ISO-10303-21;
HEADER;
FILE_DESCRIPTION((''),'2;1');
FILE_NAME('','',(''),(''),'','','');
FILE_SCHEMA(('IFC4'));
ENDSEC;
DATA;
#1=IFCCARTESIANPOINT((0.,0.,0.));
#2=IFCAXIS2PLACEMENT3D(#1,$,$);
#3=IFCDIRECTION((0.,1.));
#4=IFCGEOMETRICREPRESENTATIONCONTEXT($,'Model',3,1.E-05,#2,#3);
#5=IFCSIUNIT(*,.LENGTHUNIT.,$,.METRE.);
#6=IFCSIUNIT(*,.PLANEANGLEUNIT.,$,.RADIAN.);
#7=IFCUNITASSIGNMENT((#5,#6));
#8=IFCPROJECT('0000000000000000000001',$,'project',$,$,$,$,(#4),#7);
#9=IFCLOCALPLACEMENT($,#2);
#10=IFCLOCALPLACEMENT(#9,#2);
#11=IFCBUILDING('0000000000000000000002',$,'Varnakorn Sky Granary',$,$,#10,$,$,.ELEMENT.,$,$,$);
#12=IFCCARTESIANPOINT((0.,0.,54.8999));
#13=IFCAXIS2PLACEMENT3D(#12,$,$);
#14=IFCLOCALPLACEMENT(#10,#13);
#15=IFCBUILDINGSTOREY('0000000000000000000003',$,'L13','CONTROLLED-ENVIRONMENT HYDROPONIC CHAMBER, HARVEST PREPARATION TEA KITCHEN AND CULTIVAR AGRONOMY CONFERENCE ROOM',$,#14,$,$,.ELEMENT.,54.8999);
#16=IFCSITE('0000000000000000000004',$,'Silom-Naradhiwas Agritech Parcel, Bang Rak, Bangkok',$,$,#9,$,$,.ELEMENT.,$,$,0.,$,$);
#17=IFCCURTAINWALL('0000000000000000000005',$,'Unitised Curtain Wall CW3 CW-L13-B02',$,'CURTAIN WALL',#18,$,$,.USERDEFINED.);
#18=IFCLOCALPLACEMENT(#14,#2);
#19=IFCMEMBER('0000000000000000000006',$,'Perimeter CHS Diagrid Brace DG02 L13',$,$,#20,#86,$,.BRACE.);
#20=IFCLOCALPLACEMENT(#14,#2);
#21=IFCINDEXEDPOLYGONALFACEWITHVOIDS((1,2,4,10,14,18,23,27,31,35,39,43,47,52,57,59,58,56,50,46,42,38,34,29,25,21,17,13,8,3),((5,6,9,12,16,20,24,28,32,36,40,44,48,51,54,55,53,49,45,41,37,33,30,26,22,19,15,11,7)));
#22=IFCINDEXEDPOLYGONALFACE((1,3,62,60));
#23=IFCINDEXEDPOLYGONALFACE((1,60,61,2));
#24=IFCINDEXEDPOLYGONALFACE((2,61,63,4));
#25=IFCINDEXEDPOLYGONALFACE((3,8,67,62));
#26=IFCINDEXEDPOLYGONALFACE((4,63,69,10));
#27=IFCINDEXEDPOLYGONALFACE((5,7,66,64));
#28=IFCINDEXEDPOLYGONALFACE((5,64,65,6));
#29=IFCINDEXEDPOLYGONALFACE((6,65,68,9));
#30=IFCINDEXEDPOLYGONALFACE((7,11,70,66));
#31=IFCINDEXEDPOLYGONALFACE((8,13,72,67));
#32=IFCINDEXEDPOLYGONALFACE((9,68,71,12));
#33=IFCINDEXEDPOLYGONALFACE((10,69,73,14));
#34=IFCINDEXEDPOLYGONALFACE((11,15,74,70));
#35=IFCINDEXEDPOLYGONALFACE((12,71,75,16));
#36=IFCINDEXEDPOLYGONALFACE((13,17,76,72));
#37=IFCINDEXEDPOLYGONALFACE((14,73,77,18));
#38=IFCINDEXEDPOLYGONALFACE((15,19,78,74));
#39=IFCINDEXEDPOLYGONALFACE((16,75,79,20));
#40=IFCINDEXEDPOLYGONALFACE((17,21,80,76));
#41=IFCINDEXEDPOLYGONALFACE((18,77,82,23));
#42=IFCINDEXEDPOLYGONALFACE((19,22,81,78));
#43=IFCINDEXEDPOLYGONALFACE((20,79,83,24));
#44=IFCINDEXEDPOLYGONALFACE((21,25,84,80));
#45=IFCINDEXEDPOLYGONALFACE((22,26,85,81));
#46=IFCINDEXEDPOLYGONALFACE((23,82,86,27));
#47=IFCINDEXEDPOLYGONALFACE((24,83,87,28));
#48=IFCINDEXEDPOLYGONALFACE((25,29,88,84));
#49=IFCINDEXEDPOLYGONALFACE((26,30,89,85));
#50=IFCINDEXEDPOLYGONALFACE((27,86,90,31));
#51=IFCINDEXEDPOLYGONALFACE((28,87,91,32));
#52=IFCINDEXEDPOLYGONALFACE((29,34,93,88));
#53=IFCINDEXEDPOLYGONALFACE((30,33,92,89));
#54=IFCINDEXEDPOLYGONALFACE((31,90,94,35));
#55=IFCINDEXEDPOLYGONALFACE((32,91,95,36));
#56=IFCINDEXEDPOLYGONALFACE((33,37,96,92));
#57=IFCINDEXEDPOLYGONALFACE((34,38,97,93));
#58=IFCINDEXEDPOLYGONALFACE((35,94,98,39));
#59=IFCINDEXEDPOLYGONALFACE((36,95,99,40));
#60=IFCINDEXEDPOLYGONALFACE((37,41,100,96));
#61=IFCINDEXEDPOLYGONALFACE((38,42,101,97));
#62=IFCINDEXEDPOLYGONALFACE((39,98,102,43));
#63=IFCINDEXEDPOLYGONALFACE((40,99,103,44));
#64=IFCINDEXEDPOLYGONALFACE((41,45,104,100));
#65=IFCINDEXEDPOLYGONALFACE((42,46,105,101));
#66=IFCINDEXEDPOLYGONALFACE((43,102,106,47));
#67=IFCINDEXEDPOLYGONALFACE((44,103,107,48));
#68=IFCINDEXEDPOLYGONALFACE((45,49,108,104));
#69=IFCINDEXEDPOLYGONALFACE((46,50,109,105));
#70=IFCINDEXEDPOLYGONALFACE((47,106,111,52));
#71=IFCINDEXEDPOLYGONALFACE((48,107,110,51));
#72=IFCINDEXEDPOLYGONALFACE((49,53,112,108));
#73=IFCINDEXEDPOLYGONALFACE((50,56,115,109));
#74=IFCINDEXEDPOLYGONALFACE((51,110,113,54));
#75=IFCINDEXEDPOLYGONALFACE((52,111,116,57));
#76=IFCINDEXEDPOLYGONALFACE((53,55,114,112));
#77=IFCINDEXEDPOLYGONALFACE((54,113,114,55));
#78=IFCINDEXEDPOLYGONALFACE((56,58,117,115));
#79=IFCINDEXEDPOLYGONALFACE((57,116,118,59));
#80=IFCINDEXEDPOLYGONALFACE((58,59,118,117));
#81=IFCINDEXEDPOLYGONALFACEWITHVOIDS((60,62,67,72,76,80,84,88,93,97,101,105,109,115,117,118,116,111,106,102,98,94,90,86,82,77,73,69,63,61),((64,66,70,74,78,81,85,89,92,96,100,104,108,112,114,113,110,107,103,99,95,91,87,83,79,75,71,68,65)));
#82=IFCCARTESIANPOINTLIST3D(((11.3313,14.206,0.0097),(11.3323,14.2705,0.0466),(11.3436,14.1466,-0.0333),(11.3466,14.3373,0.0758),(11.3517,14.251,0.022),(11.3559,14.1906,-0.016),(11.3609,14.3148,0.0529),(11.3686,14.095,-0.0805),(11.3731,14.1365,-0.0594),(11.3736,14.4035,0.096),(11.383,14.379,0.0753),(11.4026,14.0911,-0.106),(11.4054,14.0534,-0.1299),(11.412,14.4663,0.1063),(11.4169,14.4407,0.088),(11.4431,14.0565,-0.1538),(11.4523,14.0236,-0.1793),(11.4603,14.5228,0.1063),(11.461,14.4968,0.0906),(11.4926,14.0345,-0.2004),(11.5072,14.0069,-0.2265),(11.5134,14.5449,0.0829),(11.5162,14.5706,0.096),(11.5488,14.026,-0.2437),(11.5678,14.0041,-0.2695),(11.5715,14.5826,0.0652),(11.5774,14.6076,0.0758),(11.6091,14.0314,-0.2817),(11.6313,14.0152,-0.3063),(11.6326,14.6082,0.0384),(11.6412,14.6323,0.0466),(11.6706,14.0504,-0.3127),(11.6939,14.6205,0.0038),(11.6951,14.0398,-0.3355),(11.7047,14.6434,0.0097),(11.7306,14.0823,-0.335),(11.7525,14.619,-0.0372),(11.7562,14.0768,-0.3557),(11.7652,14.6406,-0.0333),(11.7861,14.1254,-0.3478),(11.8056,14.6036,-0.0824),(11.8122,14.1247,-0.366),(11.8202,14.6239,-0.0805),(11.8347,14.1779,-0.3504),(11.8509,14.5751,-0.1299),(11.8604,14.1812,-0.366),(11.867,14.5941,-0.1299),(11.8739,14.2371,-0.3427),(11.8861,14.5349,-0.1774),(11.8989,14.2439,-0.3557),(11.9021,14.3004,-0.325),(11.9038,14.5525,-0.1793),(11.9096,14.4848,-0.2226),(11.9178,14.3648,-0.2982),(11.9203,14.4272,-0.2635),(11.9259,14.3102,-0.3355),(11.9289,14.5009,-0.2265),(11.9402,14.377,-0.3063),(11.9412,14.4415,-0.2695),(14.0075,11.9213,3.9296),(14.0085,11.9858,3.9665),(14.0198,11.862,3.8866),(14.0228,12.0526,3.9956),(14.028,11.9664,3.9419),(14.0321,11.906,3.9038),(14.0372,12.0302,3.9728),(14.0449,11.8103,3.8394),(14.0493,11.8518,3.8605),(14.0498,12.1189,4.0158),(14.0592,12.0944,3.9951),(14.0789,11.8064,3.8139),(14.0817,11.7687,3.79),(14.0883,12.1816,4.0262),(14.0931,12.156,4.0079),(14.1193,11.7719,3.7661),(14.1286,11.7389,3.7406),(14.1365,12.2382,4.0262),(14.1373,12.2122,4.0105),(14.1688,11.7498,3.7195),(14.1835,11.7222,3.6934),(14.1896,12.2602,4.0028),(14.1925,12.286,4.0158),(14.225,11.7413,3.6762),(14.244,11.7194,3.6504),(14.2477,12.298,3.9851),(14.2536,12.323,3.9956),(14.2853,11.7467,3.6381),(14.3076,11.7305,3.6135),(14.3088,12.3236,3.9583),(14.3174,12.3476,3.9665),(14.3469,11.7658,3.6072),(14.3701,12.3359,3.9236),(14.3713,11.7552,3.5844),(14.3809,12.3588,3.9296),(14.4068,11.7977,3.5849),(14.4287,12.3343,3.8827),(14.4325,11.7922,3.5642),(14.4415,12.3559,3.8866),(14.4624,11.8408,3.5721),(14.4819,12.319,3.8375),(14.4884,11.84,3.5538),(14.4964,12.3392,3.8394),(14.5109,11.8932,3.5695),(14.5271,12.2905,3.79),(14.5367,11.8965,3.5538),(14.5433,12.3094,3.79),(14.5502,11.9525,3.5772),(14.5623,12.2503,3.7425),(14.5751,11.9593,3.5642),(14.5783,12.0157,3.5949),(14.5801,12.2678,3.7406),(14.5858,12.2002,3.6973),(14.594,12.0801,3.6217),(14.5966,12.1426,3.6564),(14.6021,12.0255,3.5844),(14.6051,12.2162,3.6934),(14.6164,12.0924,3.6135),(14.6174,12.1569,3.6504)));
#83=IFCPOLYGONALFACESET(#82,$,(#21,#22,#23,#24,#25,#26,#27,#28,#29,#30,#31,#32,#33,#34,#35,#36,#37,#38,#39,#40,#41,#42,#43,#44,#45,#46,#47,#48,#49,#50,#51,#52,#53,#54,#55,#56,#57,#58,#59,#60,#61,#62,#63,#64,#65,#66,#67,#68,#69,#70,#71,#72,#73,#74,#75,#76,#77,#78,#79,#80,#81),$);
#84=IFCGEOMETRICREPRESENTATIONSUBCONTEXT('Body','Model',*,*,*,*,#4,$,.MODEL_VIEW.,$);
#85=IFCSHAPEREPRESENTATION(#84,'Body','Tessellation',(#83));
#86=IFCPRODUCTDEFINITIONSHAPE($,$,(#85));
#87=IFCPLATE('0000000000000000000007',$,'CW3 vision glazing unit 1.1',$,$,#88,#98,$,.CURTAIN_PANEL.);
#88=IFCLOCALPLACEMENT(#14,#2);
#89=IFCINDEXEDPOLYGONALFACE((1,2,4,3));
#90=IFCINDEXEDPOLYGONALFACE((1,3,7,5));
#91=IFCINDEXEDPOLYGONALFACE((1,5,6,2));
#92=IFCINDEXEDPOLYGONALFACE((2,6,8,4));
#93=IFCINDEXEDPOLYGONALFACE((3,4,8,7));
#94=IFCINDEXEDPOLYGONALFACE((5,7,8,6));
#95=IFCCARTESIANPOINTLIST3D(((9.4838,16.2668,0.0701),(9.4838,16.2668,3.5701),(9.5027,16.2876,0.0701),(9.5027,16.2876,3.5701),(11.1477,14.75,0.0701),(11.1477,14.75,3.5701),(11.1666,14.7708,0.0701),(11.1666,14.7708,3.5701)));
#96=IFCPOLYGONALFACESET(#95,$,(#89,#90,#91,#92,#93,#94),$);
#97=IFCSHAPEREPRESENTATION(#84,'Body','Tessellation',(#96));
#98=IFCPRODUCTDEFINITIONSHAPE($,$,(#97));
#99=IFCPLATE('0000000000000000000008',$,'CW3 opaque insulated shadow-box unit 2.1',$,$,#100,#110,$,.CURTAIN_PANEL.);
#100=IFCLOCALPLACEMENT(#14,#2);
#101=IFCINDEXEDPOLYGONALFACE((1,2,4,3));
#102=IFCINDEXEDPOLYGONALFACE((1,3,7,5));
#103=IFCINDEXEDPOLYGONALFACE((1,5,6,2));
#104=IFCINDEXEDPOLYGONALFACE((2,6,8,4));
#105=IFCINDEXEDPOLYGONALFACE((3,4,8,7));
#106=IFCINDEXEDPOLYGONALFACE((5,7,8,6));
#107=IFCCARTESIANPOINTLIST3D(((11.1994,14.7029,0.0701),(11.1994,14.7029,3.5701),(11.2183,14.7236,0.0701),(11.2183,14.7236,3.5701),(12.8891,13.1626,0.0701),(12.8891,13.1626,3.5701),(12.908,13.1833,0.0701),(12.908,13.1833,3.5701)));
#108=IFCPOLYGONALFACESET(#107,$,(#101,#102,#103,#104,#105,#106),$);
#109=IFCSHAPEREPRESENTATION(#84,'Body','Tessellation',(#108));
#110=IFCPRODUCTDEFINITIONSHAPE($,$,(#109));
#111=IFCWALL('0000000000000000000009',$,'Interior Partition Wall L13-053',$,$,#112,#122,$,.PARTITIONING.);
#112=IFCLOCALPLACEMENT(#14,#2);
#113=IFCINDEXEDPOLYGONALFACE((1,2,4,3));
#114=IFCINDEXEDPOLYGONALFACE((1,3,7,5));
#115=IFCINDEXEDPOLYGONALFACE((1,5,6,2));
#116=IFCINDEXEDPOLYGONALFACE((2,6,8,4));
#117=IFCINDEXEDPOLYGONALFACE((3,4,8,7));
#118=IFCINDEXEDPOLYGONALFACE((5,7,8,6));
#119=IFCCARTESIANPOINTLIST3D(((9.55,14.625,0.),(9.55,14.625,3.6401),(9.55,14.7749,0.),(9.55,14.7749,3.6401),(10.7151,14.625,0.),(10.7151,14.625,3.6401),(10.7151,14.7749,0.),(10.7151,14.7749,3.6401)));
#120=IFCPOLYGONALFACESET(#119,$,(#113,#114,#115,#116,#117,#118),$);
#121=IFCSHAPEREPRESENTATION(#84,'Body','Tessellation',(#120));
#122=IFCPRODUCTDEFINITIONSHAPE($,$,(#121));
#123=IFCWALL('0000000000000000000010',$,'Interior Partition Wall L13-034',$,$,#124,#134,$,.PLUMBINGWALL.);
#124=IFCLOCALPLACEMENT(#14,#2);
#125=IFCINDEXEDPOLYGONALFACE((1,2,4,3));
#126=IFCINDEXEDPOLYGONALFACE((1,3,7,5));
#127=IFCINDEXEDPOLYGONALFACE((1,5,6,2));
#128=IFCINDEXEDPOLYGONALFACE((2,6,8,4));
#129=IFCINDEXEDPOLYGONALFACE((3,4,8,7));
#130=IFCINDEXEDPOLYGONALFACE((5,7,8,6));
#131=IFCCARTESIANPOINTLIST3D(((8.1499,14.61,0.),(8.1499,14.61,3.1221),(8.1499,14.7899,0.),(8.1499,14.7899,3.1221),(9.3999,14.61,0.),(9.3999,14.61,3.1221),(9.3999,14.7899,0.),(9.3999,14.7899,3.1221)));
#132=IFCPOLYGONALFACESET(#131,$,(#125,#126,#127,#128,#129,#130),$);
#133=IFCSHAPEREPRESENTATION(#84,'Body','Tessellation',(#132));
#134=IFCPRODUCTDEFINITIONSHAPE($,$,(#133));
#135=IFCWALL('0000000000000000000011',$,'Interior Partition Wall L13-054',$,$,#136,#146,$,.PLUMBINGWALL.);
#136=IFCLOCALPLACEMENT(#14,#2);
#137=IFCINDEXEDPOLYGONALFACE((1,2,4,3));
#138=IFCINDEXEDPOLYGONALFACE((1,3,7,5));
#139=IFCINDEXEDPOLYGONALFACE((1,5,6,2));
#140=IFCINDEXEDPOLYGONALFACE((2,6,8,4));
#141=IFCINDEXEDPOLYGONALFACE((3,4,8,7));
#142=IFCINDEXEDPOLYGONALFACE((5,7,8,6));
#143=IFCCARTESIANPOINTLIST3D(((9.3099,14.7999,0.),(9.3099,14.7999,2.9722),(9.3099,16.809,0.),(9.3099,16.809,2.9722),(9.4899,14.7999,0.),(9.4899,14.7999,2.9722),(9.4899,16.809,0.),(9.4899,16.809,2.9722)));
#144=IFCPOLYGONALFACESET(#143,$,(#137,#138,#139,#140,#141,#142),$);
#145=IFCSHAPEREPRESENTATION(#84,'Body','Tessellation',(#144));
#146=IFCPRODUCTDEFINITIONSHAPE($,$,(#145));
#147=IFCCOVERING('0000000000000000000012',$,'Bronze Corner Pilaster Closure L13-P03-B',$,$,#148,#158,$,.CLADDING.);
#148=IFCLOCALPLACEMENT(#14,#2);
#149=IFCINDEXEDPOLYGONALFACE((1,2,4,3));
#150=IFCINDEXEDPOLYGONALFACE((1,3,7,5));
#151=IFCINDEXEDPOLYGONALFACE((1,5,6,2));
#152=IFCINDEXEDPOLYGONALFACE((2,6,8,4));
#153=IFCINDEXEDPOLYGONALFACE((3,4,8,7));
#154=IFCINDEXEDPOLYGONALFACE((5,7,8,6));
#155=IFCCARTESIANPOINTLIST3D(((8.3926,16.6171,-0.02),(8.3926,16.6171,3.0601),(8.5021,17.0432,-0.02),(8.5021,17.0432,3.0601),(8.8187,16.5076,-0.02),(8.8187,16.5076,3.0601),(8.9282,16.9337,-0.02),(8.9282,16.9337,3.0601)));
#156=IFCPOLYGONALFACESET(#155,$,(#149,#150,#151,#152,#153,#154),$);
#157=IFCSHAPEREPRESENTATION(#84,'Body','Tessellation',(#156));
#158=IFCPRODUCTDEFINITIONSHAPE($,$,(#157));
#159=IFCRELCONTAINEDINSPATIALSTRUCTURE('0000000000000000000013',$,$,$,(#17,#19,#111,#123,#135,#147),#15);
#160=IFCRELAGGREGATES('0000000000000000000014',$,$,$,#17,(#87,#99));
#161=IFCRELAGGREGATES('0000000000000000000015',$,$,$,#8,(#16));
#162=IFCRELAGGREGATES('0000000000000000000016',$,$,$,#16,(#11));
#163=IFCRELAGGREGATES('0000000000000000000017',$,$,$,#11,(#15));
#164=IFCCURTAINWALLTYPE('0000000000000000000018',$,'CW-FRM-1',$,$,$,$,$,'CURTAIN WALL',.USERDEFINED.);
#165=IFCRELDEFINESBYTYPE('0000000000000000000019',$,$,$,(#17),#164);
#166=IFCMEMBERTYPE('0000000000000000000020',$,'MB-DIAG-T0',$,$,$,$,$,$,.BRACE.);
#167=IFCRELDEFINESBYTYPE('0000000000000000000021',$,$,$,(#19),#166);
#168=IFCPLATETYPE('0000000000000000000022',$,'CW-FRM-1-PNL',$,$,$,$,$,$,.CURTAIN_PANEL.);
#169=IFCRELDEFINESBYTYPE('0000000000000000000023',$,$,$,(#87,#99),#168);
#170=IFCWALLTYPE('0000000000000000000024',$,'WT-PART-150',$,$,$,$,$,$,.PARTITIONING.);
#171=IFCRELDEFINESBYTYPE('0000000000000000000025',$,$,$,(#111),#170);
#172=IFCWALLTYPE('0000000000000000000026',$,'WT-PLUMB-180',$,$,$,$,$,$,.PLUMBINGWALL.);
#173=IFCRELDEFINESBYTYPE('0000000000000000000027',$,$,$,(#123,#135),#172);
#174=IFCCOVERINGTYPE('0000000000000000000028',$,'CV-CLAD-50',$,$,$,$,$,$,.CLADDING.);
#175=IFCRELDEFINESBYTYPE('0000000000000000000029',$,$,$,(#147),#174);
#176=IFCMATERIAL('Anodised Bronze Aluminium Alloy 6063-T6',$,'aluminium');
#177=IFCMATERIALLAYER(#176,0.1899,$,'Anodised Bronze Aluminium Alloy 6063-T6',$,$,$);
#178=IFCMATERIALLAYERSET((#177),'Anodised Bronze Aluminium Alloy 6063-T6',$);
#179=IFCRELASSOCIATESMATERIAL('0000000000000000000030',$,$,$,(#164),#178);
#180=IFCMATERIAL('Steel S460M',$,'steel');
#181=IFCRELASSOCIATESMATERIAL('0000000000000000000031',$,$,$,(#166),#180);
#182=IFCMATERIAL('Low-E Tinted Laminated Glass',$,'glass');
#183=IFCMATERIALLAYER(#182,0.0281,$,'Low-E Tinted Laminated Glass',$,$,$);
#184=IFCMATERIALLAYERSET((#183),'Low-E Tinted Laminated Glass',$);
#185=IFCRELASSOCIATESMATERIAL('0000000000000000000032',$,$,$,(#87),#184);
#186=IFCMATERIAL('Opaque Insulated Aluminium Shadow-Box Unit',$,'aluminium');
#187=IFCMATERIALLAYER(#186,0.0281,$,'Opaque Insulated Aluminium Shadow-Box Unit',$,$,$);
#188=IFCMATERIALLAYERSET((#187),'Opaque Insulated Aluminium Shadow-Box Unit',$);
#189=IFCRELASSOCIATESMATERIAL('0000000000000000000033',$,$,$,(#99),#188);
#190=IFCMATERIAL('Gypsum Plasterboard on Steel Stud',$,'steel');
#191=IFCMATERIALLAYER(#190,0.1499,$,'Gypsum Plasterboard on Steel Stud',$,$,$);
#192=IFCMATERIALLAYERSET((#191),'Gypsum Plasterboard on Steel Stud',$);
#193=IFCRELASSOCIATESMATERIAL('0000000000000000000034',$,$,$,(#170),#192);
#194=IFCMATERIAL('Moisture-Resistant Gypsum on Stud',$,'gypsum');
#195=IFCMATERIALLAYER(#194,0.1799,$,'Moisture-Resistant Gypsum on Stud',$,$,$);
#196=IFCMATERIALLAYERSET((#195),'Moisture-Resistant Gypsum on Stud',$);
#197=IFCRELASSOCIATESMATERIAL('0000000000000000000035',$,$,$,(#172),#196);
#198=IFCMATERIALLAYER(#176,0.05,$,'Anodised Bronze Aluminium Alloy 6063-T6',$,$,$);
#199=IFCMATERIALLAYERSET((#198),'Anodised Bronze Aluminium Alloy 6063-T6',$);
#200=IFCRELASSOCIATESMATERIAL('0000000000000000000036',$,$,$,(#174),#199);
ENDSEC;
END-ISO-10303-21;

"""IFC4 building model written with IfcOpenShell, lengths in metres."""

from ifc_helpers import new_model, si_unit, direction, frame, frame_2d, origin, origin_2d, place, context, subcontext, project, spatial, rectangle, hollow_circle, extrude, source, transform, mapped, material, layer, layer_set, material_profile, profile_set, type_object, type_shapes, element, aggregate, save


model = new_model("IFC4")

# Units and contexts
model_context = context("Model", 3, precision=1e-05, world=origin(), true_north=direction((0.0, 1.0)))
body_context = subcontext(model_context, "Body", "Model", "MODEL_VIEW")
ifc_project = project(units=[si_unit("LENGTHUNIT", "METRE"), si_unit("PLANEANGLEUNIT", "RADIAN")], contexts=[model_context])

# Site, building, storey
site_placement = place(None, origin())
site = spatial("IfcSite", under=ifc_project, at=site_placement, Name="Silom-Naradhiwas Agritech Parcel, Bang Rak, Bangkok", CompositionType="ELEMENT", RefElevation=0.0)
building_placement = place(site_placement, origin())
building = spatial("IfcBuilding", under=site, at=building_placement, Name="Varnakorn Sky Granary", CompositionType="ELEMENT")
storey_placement = place(building_placement, frame((0.0, 0.0, 54.8999)))
storey = spatial("IfcBuildingStorey", under=building, at=storey_placement, Name="L13", Description="CONTROLLED-ENVIRONMENT HYDROPONIC CHAMBER, HARVEST PREPARATION TEA KITCHEN AND CULTIVAR AGRONOMY CONFERENCE ROOM", CompositionType="ELEMENT", Elevation=54.8999)

# Shared definitions
ifc_material_1 = material(Name="Steel S460M", Category="steel")

# Curtain wall
ifc_material_2 = material(Name="Anodised Bronze Aluminium Alloy 6063-T6", Category="aluminium")
ifc_layer_1 = layer(ifc_material_2, 0.1899, Name="Anodised Bronze Aluminium Alloy 6063-T6")
ifc_layer_set_1 = layer_set([ifc_layer_1], Name="Anodised Bronze Aluminium Alloy 6063-T6")
curtain_wall_type = type_object("IfcCurtainWallType", Name="CW-FRM-1", ElementType="CURTAIN WALL", PredefinedType="USERDEFINED", material=ifc_layer_set_1)
curtain_wall_placement = place(storey_placement, origin())
curtain_wall = element("IfcCurtainWall", 1, at=curtain_wall_placement, inside=storey, type_object=curtain_wall_type, Name="Unitised Curtain Wall CW3 CW-L13-B02", ObjectType="CURTAIN WALL", PredefinedType="USERDEFINED")

# Member
ifc_material_profile_1 = material_profile(ifc_material_1, hollow_circle(Radius=0.3555, WallThickness=0.0249, at=origin_2d()), Name="CHS 711x25")
ifc_profile_set_1 = profile_set([ifc_material_profile_1], Name="Steel S460M")
member_type_1 = type_object("IfcMemberType", Name="MB-DIAG-T0", PredefinedType="BRACE", material=ifc_profile_set_1)
member_1_placement = place(storey_placement, frame((11.6362, 14.3237, -0.1299), z_axis=(0.50806, -0.433718, 0.744153), x_axis=(0.64927, 0.760558, 0.0)))
element("IfcMember", 2, at=member_1_placement, inside=storey, type_object=member_type_1, Name="Perimeter CHS Diagrid Brace DG02 L13", PredefinedType="BRACE", context=body_context, shape_type="SweptSolid", body=[
    extrude(hollow_circle(Radius=0.3555, WallThickness=0.0249, at=origin_2d()), origin(), (0.0, 0.0, 1.0), 5.2676),
])

# Plates
ifc_material_3 = material(Name="Low-E Tinted Laminated Glass", Category="glass")
ifc_layer_2 = layer(ifc_material_3, 0.0281, Name="Low-E Tinted Laminated Glass")
ifc_layer_set_2 = layer_set([ifc_layer_2], Name="Low-E Tinted Laminated Glass")
plate_type = type_object("IfcPlateType", Name="CW-FRM-1-PNL", PredefinedType="CURTAIN_PANEL")
shared_shape_1 = source(origin(), body_context, "Body", "SweptSolid", [
    extrude(rectangle(XDim=2.2515, YDim=0.0281, at=origin_2d()), origin(), (0.0, 0.0, 1.0), 3.5),
])
plate_1_placement = place(storey_placement, frame((10.3252, 15.5188, 0.0701), z_axis=(0.0, 0.0, 1.0), x_axis=(0.739017, -0.673687, 0.0)))
plate_1 = element("IfcPlate", 3, at=plate_1_placement, type_object=plate_type, material=ifc_layer_set_2, Name="CW3 vision glazing unit 1.1", PredefinedType="CURTAIN_PANEL", context=body_context, shape_type="MappedRepresentation", body=[
    mapped(shared_shape_1, transform((0.0, 0.0, 0.0), x_axis=(1.0, 0.0, 0.0), y_axis=(0.0, 1.0, 0.0), z_axis=(0.0, 0.0, 1.0), scale=1.0)),
])
ifc_material_4 = material(Name="Opaque Insulated Aluminium Shadow-Box Unit", Category="aluminium")
ifc_layer_3 = layer(ifc_material_4, 0.0281, Name="Opaque Insulated Aluminium Shadow-Box Unit")
ifc_layer_set_3 = layer_set([ifc_layer_3], Name="Opaque Insulated Aluminium Shadow-Box Unit")
shared_shape_2 = source(origin(), body_context, "Body", "SweptSolid", [
    extrude(rectangle(XDim=2.2864, YDim=0.0281, at=origin_2d()), origin(), (0.0, 0.0, 1.0), 3.5),
])
type_shapes(plate_type, [shared_shape_1, shared_shape_2])
plate_2_placement = place(storey_placement, frame((12.0537, 13.9431, 0.0701), z_axis=(0.0, 0.0, 1.0), x_axis=(0.739017, -0.673687, 0.0)))
plate_2 = element("IfcPlate", 4, at=plate_2_placement, type_object=plate_type, material=ifc_layer_set_3, Name="CW3 opaque insulated shadow-box unit 2.1", PredefinedType="CURTAIN_PANEL", context=body_context, shape_type="MappedRepresentation", body=[
    mapped(shared_shape_2, transform((0.0, 0.0, 0.0), x_axis=(1.0, 0.0, 0.0), y_axis=(0.0, 1.0, 0.0), z_axis=(0.0, 0.0, 1.0), scale=1.0)),
])
aggregate(curtain_wall, [plate_1, plate_2])

# Walls
ifc_material_5 = material(Name="Gypsum Plasterboard on Steel Stud", Category="steel")
ifc_layer_4 = layer(ifc_material_5, 0.1499, Name="Gypsum Plasterboard on Steel Stud")
ifc_layer_set_4 = layer_set([ifc_layer_4], Name="Gypsum Plasterboard on Steel Stud")
wall_type_1 = type_object("IfcWallType", Name="WT-PART-150", PredefinedType="PARTITIONING", material=ifc_layer_set_4)
wall_1_placement = place(storey_placement, frame((10.7151, 14.7, 0.0), z_axis=(0.0, 0.0, 1.0), x_axis=(-1.0, 0.0, 0.0)))
element("IfcWall", 5, at=wall_1_placement, inside=storey, type_object=wall_type_1, Name="Interior Partition Wall L13-053", PredefinedType="PARTITIONING", context=body_context, shape_type="SweptSolid", body=[
    extrude(rectangle(XDim=1.165, YDim=0.1499, at=frame_2d((0.5825, 0.0))), origin(), (0.0, 0.0, 1.0), 3.6401),
])
ifc_material_6 = material(Name="Moisture-Resistant Gypsum on Stud", Category="gypsum")
ifc_layer_5 = layer(ifc_material_6, 0.1799, Name="Moisture-Resistant Gypsum on Stud")
ifc_layer_set_5 = layer_set([ifc_layer_5], Name="Moisture-Resistant Gypsum on Stud")
wall_type_2 = type_object("IfcWallType", Name="WT-PLUMB-180", PredefinedType="PLUMBINGWALL", material=ifc_layer_set_5)
wall_2_placement = place(storey_placement, frame((9.3999, 14.7, 0.0), z_axis=(0.0, 0.0, 1.0), x_axis=(-1.0, 0.0, 0.0)))
element("IfcWall", 6, at=wall_2_placement, inside=storey, type_object=wall_type_2, Name="Interior Partition Wall L13-034", PredefinedType="PLUMBINGWALL", context=body_context, shape_type="SweptSolid", body=[
    extrude(rectangle(XDim=1.25, YDim=0.1799, at=frame_2d((0.625, 0.0))), origin(), (0.0, 0.0, 1.0), 3.1221),
])
wall_3_placement = place(storey_placement, frame((9.3999, 14.8, 0.0), z_axis=(0.0, 0.0, 1.0), x_axis=(0.0, 1.0, 0.0)))
element("IfcWall", 7, at=wall_3_placement, inside=storey, type_object=wall_type_2, Name="Interior Partition Wall L13-054", PredefinedType="PLUMBINGWALL", context=body_context, shape_type="SweptSolid", body=[
    extrude(rectangle(XDim=2.009, YDim=0.1799, at=frame_2d((1.0044, 0.0))), origin(), (0.0, 0.0, 1.0), 2.9722),
])

# Covering
ifc_layer_6 = layer(ifc_material_2, 0.05, Name="Anodised Bronze Aluminium Alloy 6063-T6")
ifc_layer_set_6 = layer_set([ifc_layer_6], Name="Anodised Bronze Aluminium Alloy 6063-T6")
covering_type = type_object("IfcCoveringType", Name="CV-CLAD-50", PredefinedType="CLADDING", material=ifc_layer_set_6)
shared_shape_3 = source(origin(), body_context, "Body", "SweptSolid", [
    extrude(rectangle(XDim=0.4399, YDim=0.4399, at=origin_2d()), origin(), (0.0, 0.0, 1.0), 3.0801),
])
type_shapes(covering_type, [shared_shape_3])
covering_placement = place(storey_placement, frame((8.6604, 16.7754, -0.02), z_axis=(0.0, 0.0, 1.0), x_axis=(0.968496, -0.249028, 0.0)))
element("IfcCovering", 8, at=covering_placement, inside=storey, type_object=covering_type, Name="Bronze Corner Pilaster Closure L13-P03-B", PredefinedType="CLADDING", context=body_context, shape_type="MappedRepresentation", body=[
    mapped(shared_shape_3, transform((0.0, 0.0, 0.0), x_axis=(1.0, 0.0, 0.0), y_axis=(0.0, 1.0, 0.0), z_axis=(0.0, 0.0, 1.0), scale=1.0)),
])

save(model, "model.ifc")
